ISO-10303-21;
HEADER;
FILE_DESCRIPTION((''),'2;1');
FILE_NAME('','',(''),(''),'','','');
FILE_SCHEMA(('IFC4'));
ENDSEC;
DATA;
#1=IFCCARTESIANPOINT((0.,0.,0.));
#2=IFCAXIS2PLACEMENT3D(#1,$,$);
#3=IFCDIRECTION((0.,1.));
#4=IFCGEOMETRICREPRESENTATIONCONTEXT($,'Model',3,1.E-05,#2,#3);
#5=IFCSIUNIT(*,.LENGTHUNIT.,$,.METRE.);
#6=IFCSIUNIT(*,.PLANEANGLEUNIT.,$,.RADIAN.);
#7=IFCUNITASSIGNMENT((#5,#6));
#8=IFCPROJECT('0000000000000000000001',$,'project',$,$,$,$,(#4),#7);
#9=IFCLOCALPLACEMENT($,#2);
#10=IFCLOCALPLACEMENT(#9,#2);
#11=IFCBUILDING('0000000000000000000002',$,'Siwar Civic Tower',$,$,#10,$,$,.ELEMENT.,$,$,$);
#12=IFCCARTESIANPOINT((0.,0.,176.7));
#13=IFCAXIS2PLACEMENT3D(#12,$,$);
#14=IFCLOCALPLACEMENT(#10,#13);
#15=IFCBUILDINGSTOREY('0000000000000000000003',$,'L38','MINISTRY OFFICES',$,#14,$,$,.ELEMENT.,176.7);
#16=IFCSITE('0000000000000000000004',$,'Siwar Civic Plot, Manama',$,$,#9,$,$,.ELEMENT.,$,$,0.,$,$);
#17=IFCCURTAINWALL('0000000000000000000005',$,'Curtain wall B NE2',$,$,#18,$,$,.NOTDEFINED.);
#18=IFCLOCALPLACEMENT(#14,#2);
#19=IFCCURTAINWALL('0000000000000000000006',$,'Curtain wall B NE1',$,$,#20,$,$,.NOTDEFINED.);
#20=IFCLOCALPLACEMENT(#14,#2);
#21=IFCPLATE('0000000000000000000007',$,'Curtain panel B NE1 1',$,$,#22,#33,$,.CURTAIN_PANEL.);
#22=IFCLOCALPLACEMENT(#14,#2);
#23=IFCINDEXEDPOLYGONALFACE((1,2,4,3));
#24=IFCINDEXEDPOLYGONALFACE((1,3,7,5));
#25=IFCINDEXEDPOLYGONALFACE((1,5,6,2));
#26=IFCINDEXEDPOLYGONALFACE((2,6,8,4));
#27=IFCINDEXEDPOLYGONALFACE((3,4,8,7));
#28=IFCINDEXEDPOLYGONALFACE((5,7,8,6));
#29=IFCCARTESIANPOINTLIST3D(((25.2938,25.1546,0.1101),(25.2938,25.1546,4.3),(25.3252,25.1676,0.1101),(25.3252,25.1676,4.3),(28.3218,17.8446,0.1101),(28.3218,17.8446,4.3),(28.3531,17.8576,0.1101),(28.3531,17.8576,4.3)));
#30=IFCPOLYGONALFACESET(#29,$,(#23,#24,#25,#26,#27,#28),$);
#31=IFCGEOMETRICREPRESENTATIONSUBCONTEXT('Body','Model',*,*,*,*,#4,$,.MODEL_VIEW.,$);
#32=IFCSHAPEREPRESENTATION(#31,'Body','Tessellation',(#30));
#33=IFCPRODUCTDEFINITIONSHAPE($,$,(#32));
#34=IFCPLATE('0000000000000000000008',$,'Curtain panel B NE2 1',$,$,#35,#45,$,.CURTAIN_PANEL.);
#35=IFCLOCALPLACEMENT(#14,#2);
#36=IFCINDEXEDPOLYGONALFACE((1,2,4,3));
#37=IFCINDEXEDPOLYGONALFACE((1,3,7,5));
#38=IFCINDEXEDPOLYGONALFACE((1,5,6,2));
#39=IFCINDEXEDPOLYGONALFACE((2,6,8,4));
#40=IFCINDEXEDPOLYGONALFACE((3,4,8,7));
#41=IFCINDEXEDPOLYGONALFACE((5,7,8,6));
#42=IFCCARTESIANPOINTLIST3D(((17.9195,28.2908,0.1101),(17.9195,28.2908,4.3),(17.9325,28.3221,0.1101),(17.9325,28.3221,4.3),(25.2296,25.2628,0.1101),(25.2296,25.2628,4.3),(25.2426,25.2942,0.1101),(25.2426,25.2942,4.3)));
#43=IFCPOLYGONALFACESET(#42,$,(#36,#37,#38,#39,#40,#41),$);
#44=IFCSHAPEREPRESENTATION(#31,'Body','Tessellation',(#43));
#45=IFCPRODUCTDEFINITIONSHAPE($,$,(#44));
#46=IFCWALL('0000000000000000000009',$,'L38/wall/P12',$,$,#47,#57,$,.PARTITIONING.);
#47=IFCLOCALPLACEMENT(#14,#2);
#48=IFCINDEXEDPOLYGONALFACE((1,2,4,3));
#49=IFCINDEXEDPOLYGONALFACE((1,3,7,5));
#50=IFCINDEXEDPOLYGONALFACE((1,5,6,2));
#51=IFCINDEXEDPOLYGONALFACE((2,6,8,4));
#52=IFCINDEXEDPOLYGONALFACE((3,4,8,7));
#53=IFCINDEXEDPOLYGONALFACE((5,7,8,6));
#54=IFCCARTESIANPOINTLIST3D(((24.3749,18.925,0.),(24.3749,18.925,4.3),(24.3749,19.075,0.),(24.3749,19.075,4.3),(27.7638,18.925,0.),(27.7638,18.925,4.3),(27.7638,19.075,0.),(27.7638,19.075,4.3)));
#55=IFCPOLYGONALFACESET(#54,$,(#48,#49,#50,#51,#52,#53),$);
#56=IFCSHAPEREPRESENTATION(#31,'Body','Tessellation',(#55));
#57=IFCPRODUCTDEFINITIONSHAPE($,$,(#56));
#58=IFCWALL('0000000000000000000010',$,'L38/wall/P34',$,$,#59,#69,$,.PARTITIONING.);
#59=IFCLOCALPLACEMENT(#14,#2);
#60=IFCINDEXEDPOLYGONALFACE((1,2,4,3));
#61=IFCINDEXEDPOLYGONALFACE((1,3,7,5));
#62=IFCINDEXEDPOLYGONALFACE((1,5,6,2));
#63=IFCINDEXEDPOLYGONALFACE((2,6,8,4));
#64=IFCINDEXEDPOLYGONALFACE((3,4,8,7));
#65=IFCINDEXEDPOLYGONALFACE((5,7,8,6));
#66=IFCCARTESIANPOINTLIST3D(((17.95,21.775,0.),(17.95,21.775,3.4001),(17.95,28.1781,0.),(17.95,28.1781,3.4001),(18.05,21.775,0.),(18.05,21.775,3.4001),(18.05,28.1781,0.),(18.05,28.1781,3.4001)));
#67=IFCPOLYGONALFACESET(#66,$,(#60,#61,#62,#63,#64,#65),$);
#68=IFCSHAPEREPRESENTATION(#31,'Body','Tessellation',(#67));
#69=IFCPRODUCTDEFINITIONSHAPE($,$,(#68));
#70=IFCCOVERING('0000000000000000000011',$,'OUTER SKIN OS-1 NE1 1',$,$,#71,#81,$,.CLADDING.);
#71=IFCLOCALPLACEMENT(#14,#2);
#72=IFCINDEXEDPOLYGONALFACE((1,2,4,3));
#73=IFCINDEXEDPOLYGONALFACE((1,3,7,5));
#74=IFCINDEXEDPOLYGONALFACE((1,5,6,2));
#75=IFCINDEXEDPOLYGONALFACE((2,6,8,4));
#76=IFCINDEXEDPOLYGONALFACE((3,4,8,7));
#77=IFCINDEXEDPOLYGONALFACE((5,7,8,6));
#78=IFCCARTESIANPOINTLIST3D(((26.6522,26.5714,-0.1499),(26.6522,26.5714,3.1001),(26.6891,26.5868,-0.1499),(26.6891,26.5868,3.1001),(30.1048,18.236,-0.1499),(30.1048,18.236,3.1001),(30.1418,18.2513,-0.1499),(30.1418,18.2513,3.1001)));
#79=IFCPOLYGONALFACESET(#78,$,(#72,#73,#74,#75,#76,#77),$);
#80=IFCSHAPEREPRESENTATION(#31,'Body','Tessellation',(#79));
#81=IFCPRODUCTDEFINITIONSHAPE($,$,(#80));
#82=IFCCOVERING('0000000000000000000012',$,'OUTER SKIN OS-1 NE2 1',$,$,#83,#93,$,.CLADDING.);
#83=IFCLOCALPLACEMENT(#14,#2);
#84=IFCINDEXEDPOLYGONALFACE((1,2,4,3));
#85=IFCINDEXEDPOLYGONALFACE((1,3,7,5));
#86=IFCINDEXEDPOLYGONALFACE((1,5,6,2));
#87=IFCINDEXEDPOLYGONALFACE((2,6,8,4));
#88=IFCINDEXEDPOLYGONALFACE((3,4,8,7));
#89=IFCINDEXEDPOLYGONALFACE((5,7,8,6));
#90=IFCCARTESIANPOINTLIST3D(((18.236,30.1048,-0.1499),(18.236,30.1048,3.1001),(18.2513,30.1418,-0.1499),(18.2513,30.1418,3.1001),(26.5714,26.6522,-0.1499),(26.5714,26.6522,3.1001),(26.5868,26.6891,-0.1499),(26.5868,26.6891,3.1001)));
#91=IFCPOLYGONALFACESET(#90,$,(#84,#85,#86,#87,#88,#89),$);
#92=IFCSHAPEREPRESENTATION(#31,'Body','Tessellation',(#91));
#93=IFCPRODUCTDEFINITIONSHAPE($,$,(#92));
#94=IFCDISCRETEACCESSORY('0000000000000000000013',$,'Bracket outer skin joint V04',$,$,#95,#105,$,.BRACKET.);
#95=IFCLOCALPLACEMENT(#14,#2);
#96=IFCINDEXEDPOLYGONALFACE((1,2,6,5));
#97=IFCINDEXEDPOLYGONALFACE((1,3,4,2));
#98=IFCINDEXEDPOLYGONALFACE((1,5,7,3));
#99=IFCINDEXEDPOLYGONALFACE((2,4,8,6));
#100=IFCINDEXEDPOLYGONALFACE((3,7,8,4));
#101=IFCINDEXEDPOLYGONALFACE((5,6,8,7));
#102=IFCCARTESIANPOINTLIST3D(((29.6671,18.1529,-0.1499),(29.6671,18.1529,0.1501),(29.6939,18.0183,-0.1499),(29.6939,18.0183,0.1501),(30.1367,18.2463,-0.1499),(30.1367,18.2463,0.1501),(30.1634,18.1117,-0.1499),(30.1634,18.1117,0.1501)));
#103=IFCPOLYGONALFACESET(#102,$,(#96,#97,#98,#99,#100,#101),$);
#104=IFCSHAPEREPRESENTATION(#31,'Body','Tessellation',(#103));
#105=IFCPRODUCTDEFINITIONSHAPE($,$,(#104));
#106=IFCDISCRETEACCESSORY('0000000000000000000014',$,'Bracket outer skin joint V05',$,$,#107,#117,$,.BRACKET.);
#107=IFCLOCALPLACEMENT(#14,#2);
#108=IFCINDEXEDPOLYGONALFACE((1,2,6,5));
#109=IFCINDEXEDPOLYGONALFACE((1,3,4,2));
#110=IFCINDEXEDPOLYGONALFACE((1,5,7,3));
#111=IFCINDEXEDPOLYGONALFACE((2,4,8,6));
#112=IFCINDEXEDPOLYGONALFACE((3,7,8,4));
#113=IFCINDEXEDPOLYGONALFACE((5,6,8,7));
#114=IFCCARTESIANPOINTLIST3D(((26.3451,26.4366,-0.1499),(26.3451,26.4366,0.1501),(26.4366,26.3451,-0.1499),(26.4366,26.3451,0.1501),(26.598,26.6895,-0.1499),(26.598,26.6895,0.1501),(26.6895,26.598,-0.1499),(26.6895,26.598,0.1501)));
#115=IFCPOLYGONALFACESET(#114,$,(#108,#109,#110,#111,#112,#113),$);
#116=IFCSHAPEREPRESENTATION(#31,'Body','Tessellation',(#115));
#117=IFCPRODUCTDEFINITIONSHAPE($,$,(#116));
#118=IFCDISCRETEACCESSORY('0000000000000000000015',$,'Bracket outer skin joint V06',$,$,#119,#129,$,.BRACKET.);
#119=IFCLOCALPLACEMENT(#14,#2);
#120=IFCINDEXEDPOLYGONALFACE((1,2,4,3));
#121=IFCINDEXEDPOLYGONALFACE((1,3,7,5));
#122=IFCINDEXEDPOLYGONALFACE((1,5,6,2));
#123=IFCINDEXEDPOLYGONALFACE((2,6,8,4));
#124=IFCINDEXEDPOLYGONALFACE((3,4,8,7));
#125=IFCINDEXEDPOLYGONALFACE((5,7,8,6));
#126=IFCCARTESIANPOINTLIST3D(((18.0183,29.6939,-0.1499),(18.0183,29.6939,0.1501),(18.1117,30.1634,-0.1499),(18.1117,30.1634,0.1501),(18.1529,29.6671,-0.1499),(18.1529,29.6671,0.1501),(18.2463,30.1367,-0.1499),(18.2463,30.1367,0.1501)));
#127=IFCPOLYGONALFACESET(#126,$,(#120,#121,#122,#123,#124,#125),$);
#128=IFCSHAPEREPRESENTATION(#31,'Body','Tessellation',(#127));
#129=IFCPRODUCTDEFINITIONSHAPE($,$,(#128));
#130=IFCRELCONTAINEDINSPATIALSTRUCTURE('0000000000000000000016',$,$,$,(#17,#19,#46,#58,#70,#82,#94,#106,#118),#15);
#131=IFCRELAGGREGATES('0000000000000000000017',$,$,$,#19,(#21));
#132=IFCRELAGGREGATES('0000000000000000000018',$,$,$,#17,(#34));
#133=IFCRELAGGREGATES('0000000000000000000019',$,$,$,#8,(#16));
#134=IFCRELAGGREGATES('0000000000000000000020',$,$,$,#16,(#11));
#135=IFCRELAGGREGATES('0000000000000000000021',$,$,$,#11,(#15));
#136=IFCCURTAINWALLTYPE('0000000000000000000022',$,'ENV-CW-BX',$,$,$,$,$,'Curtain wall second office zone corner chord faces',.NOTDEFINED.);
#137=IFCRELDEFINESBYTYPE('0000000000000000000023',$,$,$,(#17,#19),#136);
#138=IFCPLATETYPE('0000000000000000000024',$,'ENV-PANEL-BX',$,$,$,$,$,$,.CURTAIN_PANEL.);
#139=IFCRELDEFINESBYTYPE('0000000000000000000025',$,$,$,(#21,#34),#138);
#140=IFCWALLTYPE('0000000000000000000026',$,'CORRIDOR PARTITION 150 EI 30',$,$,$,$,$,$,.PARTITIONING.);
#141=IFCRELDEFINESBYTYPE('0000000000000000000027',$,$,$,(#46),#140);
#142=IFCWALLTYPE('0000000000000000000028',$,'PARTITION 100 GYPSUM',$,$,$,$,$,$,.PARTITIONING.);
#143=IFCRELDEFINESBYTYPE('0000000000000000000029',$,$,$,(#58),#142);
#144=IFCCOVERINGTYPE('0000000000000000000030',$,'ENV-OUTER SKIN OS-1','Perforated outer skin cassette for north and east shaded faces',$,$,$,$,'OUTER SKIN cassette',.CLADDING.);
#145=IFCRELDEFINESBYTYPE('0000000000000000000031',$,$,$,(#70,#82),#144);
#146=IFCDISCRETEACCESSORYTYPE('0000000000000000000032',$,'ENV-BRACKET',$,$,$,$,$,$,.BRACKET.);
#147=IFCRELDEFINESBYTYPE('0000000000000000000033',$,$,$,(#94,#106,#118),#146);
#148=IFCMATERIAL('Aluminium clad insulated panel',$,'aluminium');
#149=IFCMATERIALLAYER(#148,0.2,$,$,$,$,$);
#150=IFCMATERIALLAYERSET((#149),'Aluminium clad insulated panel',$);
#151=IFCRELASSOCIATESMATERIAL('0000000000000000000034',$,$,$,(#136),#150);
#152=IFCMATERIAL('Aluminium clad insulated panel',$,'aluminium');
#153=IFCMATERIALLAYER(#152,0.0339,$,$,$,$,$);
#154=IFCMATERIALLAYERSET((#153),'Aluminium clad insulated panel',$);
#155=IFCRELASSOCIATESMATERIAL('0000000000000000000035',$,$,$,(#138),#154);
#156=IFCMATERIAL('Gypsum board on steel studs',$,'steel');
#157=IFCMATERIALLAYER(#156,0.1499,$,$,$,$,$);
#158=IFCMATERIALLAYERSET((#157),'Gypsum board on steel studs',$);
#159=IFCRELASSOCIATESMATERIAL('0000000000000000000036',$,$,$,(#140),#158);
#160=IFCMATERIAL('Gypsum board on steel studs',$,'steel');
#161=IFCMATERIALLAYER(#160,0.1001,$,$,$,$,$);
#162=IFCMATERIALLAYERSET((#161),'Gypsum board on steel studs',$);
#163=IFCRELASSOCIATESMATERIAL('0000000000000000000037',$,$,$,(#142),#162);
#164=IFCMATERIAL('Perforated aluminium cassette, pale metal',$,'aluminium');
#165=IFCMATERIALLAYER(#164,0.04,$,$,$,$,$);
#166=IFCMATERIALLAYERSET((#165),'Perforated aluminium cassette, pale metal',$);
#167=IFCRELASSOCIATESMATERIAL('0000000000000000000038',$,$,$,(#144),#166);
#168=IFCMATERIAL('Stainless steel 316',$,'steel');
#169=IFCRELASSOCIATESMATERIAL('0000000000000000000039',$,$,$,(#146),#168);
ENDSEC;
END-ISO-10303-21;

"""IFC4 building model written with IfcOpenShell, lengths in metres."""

from ifc_helpers import new_model, si_unit, direction, frame, frame_2d, origin, origin_2d, place, context, subcontext, project, spatial, rectangle, extrude, material, layer, layer_set, type_object, element, aggregate, save


model = new_model("IFC4")

# Units and contexts
model_context = context("Model", 3, precision=1e-05, world=origin(), true_north=direction((0.0, 1.0)))
body_context = subcontext(model_context, "Body", "Model", "MODEL_VIEW")
ifc_project = project(units=[si_unit("LENGTHUNIT", "METRE"), si_unit("PLANEANGLEUNIT", "RADIAN")], contexts=[model_context])

# Site, building, storey
site_placement = place(None, origin())
site = spatial("IfcSite", under=ifc_project, at=site_placement, Name="Siwar Civic Plot, Manama", CompositionType="ELEMENT", RefElevation=0.0)
building_placement = place(site_placement, origin())
building = spatial("IfcBuilding", under=site, at=building_placement, Name="Siwar Civic Tower", CompositionType="ELEMENT")
storey_placement = place(building_placement, frame((0.0, 0.0, 176.7)))
storey = spatial("IfcBuildingStorey", under=building, at=storey_placement, Name="L38", Description="MINISTRY OFFICES", CompositionType="ELEMENT", Elevation=176.7)

# Curtain wall
ifc_material_1 = material(Name="Aluminium clad insulated panel", Category="aluminium")
ifc_layer_1 = layer(ifc_material_1, 0.2)
ifc_layer_set_1 = layer_set([ifc_layer_1], Name="Aluminium clad insulated panel")
curtain_wall_type_1 = type_object("IfcCurtainWallType", Name="ENV-CW-BX", ElementType="Curtain wall second office zone corner chord faces", PredefinedType="NOTDEFINED", material=ifc_layer_set_1)
curtain_wall_1_placement = place(storey_placement, origin())
curtain_wall_1 = element("IfcCurtainWall", 1, at=curtain_wall_1_placement, inside=storey, type_object=curtain_wall_type_1, Name="Curtain wall B NE2", PredefinedType="NOTDEFINED")

# Curtain wall, plate
curtain_wall_2_placement = place(storey_placement, origin())
curtain_wall_2 = element("IfcCurtainWall", 2, at=curtain_wall_2_placement, inside=storey, type_object=curtain_wall_type_1, Name="Curtain wall B NE1", PredefinedType="NOTDEFINED")
ifc_material_2 = material(Name="Aluminium clad insulated panel", Category="aluminium")
ifc_layer_2 = layer(ifc_material_2, 0.0339)
ifc_layer_set_2 = layer_set([ifc_layer_2], Name="Aluminium clad insulated panel")
plate_type = type_object("IfcPlateType", Name="ENV-PANEL-BX", PredefinedType="CURTAIN_PANEL", material=ifc_layer_set_2)
plate_1_placement = place(storey_placement, frame((26.8235, 21.5061, 0.1101), z_axis=(0.0, 0.0, 1.0), x_axis=(-0.382683, 0.92388, 0.0)))
plate_1 = element("IfcPlate", 3, at=plate_1_placement, type_object=plate_type, Name="Curtain panel B NE1 1", PredefinedType="CURTAIN_PANEL", context=body_context, shape_type="SweptSolid", body=[
    extrude(rectangle(XDim=7.9124, YDim=0.0339, at=origin_2d()), origin(), (0.0, 0.0, 1.0), 4.1899),
])
aggregate(curtain_wall_2, [plate_1])

# Plate
plate_2_placement = place(storey_placement, frame((21.5811, 26.7925, 0.1101), z_axis=(0.0, 0.0, 1.0), x_axis=(-0.92388, 0.382683, 0.0)))
plate_2 = element("IfcPlate", 4, at=plate_2_placement, type_object=plate_type, Name="Curtain panel B NE2 1", PredefinedType="CURTAIN_PANEL", context=body_context, shape_type="SweptSolid", body=[
    extrude(rectangle(XDim=7.9124, YDim=0.0339, at=origin_2d()), origin(), (0.0, 0.0, 1.0), 4.1899),
])
aggregate(curtain_wall_1, [plate_2])

# Walls
ifc_material_3 = material(Name="Gypsum board on steel studs", Category="steel")
ifc_layer_3 = layer(ifc_material_3, 0.1499)
ifc_layer_set_3 = layer_set([ifc_layer_3], Name="Gypsum board on steel studs")
wall_type_1 = type_object("IfcWallType", Name="CORRIDOR PARTITION 150 EI 30", PredefinedType="PARTITIONING", material=ifc_layer_set_3)
wall_1_placement = place(storey_placement, frame((24.375, 19.0, 0.0), z_axis=(0.0, 0.0, 1.0), x_axis=(1.0, 0.0, 0.0)))
element("IfcWall", 5, at=wall_1_placement, inside=storey, type_object=wall_type_1, Name="L38/wall/P12", PredefinedType="PARTITIONING", context=body_context, shape_type="SweptSolid", body=[
    extrude(rectangle(XDim=3.3889, YDim=0.1499, at=frame_2d((1.6943, 0.0))), origin(), (0.0, 0.0, 1.0), 4.3),
])
ifc_material_4 = material(Name="Gypsum board on steel studs", Category="steel")
ifc_layer_4 = layer(ifc_material_4, 0.1001)
ifc_layer_set_4 = layer_set([ifc_layer_4], Name="Gypsum board on steel studs")
wall_type_2 = type_object("IfcWallType", Name="PARTITION 100 GYPSUM", PredefinedType="PARTITIONING", material=ifc_layer_set_4)
wall_2_placement = place(storey_placement, frame((18.0, 21.7749, 0.0), z_axis=(0.0, 0.0, 1.0), x_axis=(0.0, 1.0, 0.0)))
element("IfcWall", 6, at=wall_2_placement, inside=storey, type_object=wall_type_2, Name="L38/wall/P34", PredefinedType="PARTITIONING", context=body_context, shape_type="SweptSolid", body=[
    extrude(rectangle(XDim=6.4031, YDim=0.1001, at=frame_2d((3.2017, 0.0))), origin(), (0.0, 0.0, 1.0), 3.4001),
])

# Coverings
ifc_material_5 = material(Name="Perforated aluminium cassette, pale metal", Category="aluminium")
ifc_layer_5 = layer(ifc_material_5, 0.04)
ifc_layer_set_5 = layer_set([ifc_layer_5], Name="Perforated aluminium cassette, pale metal")
covering_type = type_object("IfcCoveringType", Name="ENV-OUTER SKIN OS-1", Description="Perforated outer skin cassette for north and east shaded faces", ElementType="OUTER SKIN cassette", PredefinedType="CLADDING", material=ifc_layer_set_5)
for number, where, z_axis, x_axis, name in (
    (7, (28.397, 22.4114, -0.1499), (0.0, 0.0, 1.0), (-0.382683, 0.92388, 0.0), "OUTER SKIN OS-1 NE1 1"),
    (8, (22.4114, 28.397, -0.1499), (0.0, 0.0, 1.0), (-0.92388, 0.382683, 0.0), "OUTER SKIN OS-1 NE2 1"),
):
    element("IfcCovering", number, at=place(storey_placement, frame(where, z_axis=z_axis, x_axis=x_axis)), inside=storey, type_object=covering_type, Name=name, PredefinedType="CLADDING", context=body_context, shape_type="SweptSolid", body=[
        extrude(rectangle(XDim=9.0222, YDim=0.04, at=origin_2d()), origin(), (0.0, 0.0, 1.0), 3.25),
    ])

# Discrete accessories
ifc_material_6 = material(Name="Stainless steel 316", Category="steel")
discrete_accessory_type = type_object("IfcDiscreteAccessoryType", Name="ENV-BRACKET", PredefinedType="BRACKET", material=ifc_material_6)
discrete_accessory_1_placement = place(storey_placement, frame((29.9153, 18.1323, -0.1499), z_axis=(0.0, 0.0, 1.0), x_axis=(0.980785, 0.19509, 0.0)))
element("IfcDiscreteAccessory", 9, at=discrete_accessory_1_placement, inside=storey, type_object=discrete_accessory_type, Name="Bracket outer skin joint V04", PredefinedType="BRACKET", context=body_context, shape_type="SweptSolid", body=[
    extrude(rectangle(XDim=0.4788, YDim=0.1372, at=origin_2d()), origin(), (0.0, 0.0, 1.0), 0.3),
])
discrete_accessory_2_placement = place(storey_placement, frame((26.5173, 26.5173, -0.1499), z_axis=(0.0, 0.0, 1.0), x_axis=(0.707107, 0.707107, 0.0)))
element("IfcDiscreteAccessory", 10, at=discrete_accessory_2_placement, inside=storey, type_object=discrete_accessory_type, Name="Bracket outer skin joint V05", PredefinedType="BRACKET", context=body_context, shape_type="SweptSolid", body=[
    extrude(rectangle(XDim=0.3577, YDim=0.1294, at=origin_2d()), origin(), (0.0, 0.0, 1.0), 0.3),
])
discrete_accessory_3_placement = place(storey_placement, frame((18.1323, 29.9153, -0.1499), z_axis=(0.0, 0.0, 1.0), x_axis=(0.19509, 0.980785, 0.0)))
element("IfcDiscreteAccessory", 11, at=discrete_accessory_3_placement, inside=storey, type_object=discrete_accessory_type, Name="Bracket outer skin joint V06", PredefinedType="BRACKET", context=body_context, shape_type="SweptSolid", body=[
    extrude(rectangle(XDim=0.4788, YDim=0.1372, at=origin_2d()), origin(), (0.0, 0.0, 1.0), 0.3),
])

save(model, "model.ifc")
